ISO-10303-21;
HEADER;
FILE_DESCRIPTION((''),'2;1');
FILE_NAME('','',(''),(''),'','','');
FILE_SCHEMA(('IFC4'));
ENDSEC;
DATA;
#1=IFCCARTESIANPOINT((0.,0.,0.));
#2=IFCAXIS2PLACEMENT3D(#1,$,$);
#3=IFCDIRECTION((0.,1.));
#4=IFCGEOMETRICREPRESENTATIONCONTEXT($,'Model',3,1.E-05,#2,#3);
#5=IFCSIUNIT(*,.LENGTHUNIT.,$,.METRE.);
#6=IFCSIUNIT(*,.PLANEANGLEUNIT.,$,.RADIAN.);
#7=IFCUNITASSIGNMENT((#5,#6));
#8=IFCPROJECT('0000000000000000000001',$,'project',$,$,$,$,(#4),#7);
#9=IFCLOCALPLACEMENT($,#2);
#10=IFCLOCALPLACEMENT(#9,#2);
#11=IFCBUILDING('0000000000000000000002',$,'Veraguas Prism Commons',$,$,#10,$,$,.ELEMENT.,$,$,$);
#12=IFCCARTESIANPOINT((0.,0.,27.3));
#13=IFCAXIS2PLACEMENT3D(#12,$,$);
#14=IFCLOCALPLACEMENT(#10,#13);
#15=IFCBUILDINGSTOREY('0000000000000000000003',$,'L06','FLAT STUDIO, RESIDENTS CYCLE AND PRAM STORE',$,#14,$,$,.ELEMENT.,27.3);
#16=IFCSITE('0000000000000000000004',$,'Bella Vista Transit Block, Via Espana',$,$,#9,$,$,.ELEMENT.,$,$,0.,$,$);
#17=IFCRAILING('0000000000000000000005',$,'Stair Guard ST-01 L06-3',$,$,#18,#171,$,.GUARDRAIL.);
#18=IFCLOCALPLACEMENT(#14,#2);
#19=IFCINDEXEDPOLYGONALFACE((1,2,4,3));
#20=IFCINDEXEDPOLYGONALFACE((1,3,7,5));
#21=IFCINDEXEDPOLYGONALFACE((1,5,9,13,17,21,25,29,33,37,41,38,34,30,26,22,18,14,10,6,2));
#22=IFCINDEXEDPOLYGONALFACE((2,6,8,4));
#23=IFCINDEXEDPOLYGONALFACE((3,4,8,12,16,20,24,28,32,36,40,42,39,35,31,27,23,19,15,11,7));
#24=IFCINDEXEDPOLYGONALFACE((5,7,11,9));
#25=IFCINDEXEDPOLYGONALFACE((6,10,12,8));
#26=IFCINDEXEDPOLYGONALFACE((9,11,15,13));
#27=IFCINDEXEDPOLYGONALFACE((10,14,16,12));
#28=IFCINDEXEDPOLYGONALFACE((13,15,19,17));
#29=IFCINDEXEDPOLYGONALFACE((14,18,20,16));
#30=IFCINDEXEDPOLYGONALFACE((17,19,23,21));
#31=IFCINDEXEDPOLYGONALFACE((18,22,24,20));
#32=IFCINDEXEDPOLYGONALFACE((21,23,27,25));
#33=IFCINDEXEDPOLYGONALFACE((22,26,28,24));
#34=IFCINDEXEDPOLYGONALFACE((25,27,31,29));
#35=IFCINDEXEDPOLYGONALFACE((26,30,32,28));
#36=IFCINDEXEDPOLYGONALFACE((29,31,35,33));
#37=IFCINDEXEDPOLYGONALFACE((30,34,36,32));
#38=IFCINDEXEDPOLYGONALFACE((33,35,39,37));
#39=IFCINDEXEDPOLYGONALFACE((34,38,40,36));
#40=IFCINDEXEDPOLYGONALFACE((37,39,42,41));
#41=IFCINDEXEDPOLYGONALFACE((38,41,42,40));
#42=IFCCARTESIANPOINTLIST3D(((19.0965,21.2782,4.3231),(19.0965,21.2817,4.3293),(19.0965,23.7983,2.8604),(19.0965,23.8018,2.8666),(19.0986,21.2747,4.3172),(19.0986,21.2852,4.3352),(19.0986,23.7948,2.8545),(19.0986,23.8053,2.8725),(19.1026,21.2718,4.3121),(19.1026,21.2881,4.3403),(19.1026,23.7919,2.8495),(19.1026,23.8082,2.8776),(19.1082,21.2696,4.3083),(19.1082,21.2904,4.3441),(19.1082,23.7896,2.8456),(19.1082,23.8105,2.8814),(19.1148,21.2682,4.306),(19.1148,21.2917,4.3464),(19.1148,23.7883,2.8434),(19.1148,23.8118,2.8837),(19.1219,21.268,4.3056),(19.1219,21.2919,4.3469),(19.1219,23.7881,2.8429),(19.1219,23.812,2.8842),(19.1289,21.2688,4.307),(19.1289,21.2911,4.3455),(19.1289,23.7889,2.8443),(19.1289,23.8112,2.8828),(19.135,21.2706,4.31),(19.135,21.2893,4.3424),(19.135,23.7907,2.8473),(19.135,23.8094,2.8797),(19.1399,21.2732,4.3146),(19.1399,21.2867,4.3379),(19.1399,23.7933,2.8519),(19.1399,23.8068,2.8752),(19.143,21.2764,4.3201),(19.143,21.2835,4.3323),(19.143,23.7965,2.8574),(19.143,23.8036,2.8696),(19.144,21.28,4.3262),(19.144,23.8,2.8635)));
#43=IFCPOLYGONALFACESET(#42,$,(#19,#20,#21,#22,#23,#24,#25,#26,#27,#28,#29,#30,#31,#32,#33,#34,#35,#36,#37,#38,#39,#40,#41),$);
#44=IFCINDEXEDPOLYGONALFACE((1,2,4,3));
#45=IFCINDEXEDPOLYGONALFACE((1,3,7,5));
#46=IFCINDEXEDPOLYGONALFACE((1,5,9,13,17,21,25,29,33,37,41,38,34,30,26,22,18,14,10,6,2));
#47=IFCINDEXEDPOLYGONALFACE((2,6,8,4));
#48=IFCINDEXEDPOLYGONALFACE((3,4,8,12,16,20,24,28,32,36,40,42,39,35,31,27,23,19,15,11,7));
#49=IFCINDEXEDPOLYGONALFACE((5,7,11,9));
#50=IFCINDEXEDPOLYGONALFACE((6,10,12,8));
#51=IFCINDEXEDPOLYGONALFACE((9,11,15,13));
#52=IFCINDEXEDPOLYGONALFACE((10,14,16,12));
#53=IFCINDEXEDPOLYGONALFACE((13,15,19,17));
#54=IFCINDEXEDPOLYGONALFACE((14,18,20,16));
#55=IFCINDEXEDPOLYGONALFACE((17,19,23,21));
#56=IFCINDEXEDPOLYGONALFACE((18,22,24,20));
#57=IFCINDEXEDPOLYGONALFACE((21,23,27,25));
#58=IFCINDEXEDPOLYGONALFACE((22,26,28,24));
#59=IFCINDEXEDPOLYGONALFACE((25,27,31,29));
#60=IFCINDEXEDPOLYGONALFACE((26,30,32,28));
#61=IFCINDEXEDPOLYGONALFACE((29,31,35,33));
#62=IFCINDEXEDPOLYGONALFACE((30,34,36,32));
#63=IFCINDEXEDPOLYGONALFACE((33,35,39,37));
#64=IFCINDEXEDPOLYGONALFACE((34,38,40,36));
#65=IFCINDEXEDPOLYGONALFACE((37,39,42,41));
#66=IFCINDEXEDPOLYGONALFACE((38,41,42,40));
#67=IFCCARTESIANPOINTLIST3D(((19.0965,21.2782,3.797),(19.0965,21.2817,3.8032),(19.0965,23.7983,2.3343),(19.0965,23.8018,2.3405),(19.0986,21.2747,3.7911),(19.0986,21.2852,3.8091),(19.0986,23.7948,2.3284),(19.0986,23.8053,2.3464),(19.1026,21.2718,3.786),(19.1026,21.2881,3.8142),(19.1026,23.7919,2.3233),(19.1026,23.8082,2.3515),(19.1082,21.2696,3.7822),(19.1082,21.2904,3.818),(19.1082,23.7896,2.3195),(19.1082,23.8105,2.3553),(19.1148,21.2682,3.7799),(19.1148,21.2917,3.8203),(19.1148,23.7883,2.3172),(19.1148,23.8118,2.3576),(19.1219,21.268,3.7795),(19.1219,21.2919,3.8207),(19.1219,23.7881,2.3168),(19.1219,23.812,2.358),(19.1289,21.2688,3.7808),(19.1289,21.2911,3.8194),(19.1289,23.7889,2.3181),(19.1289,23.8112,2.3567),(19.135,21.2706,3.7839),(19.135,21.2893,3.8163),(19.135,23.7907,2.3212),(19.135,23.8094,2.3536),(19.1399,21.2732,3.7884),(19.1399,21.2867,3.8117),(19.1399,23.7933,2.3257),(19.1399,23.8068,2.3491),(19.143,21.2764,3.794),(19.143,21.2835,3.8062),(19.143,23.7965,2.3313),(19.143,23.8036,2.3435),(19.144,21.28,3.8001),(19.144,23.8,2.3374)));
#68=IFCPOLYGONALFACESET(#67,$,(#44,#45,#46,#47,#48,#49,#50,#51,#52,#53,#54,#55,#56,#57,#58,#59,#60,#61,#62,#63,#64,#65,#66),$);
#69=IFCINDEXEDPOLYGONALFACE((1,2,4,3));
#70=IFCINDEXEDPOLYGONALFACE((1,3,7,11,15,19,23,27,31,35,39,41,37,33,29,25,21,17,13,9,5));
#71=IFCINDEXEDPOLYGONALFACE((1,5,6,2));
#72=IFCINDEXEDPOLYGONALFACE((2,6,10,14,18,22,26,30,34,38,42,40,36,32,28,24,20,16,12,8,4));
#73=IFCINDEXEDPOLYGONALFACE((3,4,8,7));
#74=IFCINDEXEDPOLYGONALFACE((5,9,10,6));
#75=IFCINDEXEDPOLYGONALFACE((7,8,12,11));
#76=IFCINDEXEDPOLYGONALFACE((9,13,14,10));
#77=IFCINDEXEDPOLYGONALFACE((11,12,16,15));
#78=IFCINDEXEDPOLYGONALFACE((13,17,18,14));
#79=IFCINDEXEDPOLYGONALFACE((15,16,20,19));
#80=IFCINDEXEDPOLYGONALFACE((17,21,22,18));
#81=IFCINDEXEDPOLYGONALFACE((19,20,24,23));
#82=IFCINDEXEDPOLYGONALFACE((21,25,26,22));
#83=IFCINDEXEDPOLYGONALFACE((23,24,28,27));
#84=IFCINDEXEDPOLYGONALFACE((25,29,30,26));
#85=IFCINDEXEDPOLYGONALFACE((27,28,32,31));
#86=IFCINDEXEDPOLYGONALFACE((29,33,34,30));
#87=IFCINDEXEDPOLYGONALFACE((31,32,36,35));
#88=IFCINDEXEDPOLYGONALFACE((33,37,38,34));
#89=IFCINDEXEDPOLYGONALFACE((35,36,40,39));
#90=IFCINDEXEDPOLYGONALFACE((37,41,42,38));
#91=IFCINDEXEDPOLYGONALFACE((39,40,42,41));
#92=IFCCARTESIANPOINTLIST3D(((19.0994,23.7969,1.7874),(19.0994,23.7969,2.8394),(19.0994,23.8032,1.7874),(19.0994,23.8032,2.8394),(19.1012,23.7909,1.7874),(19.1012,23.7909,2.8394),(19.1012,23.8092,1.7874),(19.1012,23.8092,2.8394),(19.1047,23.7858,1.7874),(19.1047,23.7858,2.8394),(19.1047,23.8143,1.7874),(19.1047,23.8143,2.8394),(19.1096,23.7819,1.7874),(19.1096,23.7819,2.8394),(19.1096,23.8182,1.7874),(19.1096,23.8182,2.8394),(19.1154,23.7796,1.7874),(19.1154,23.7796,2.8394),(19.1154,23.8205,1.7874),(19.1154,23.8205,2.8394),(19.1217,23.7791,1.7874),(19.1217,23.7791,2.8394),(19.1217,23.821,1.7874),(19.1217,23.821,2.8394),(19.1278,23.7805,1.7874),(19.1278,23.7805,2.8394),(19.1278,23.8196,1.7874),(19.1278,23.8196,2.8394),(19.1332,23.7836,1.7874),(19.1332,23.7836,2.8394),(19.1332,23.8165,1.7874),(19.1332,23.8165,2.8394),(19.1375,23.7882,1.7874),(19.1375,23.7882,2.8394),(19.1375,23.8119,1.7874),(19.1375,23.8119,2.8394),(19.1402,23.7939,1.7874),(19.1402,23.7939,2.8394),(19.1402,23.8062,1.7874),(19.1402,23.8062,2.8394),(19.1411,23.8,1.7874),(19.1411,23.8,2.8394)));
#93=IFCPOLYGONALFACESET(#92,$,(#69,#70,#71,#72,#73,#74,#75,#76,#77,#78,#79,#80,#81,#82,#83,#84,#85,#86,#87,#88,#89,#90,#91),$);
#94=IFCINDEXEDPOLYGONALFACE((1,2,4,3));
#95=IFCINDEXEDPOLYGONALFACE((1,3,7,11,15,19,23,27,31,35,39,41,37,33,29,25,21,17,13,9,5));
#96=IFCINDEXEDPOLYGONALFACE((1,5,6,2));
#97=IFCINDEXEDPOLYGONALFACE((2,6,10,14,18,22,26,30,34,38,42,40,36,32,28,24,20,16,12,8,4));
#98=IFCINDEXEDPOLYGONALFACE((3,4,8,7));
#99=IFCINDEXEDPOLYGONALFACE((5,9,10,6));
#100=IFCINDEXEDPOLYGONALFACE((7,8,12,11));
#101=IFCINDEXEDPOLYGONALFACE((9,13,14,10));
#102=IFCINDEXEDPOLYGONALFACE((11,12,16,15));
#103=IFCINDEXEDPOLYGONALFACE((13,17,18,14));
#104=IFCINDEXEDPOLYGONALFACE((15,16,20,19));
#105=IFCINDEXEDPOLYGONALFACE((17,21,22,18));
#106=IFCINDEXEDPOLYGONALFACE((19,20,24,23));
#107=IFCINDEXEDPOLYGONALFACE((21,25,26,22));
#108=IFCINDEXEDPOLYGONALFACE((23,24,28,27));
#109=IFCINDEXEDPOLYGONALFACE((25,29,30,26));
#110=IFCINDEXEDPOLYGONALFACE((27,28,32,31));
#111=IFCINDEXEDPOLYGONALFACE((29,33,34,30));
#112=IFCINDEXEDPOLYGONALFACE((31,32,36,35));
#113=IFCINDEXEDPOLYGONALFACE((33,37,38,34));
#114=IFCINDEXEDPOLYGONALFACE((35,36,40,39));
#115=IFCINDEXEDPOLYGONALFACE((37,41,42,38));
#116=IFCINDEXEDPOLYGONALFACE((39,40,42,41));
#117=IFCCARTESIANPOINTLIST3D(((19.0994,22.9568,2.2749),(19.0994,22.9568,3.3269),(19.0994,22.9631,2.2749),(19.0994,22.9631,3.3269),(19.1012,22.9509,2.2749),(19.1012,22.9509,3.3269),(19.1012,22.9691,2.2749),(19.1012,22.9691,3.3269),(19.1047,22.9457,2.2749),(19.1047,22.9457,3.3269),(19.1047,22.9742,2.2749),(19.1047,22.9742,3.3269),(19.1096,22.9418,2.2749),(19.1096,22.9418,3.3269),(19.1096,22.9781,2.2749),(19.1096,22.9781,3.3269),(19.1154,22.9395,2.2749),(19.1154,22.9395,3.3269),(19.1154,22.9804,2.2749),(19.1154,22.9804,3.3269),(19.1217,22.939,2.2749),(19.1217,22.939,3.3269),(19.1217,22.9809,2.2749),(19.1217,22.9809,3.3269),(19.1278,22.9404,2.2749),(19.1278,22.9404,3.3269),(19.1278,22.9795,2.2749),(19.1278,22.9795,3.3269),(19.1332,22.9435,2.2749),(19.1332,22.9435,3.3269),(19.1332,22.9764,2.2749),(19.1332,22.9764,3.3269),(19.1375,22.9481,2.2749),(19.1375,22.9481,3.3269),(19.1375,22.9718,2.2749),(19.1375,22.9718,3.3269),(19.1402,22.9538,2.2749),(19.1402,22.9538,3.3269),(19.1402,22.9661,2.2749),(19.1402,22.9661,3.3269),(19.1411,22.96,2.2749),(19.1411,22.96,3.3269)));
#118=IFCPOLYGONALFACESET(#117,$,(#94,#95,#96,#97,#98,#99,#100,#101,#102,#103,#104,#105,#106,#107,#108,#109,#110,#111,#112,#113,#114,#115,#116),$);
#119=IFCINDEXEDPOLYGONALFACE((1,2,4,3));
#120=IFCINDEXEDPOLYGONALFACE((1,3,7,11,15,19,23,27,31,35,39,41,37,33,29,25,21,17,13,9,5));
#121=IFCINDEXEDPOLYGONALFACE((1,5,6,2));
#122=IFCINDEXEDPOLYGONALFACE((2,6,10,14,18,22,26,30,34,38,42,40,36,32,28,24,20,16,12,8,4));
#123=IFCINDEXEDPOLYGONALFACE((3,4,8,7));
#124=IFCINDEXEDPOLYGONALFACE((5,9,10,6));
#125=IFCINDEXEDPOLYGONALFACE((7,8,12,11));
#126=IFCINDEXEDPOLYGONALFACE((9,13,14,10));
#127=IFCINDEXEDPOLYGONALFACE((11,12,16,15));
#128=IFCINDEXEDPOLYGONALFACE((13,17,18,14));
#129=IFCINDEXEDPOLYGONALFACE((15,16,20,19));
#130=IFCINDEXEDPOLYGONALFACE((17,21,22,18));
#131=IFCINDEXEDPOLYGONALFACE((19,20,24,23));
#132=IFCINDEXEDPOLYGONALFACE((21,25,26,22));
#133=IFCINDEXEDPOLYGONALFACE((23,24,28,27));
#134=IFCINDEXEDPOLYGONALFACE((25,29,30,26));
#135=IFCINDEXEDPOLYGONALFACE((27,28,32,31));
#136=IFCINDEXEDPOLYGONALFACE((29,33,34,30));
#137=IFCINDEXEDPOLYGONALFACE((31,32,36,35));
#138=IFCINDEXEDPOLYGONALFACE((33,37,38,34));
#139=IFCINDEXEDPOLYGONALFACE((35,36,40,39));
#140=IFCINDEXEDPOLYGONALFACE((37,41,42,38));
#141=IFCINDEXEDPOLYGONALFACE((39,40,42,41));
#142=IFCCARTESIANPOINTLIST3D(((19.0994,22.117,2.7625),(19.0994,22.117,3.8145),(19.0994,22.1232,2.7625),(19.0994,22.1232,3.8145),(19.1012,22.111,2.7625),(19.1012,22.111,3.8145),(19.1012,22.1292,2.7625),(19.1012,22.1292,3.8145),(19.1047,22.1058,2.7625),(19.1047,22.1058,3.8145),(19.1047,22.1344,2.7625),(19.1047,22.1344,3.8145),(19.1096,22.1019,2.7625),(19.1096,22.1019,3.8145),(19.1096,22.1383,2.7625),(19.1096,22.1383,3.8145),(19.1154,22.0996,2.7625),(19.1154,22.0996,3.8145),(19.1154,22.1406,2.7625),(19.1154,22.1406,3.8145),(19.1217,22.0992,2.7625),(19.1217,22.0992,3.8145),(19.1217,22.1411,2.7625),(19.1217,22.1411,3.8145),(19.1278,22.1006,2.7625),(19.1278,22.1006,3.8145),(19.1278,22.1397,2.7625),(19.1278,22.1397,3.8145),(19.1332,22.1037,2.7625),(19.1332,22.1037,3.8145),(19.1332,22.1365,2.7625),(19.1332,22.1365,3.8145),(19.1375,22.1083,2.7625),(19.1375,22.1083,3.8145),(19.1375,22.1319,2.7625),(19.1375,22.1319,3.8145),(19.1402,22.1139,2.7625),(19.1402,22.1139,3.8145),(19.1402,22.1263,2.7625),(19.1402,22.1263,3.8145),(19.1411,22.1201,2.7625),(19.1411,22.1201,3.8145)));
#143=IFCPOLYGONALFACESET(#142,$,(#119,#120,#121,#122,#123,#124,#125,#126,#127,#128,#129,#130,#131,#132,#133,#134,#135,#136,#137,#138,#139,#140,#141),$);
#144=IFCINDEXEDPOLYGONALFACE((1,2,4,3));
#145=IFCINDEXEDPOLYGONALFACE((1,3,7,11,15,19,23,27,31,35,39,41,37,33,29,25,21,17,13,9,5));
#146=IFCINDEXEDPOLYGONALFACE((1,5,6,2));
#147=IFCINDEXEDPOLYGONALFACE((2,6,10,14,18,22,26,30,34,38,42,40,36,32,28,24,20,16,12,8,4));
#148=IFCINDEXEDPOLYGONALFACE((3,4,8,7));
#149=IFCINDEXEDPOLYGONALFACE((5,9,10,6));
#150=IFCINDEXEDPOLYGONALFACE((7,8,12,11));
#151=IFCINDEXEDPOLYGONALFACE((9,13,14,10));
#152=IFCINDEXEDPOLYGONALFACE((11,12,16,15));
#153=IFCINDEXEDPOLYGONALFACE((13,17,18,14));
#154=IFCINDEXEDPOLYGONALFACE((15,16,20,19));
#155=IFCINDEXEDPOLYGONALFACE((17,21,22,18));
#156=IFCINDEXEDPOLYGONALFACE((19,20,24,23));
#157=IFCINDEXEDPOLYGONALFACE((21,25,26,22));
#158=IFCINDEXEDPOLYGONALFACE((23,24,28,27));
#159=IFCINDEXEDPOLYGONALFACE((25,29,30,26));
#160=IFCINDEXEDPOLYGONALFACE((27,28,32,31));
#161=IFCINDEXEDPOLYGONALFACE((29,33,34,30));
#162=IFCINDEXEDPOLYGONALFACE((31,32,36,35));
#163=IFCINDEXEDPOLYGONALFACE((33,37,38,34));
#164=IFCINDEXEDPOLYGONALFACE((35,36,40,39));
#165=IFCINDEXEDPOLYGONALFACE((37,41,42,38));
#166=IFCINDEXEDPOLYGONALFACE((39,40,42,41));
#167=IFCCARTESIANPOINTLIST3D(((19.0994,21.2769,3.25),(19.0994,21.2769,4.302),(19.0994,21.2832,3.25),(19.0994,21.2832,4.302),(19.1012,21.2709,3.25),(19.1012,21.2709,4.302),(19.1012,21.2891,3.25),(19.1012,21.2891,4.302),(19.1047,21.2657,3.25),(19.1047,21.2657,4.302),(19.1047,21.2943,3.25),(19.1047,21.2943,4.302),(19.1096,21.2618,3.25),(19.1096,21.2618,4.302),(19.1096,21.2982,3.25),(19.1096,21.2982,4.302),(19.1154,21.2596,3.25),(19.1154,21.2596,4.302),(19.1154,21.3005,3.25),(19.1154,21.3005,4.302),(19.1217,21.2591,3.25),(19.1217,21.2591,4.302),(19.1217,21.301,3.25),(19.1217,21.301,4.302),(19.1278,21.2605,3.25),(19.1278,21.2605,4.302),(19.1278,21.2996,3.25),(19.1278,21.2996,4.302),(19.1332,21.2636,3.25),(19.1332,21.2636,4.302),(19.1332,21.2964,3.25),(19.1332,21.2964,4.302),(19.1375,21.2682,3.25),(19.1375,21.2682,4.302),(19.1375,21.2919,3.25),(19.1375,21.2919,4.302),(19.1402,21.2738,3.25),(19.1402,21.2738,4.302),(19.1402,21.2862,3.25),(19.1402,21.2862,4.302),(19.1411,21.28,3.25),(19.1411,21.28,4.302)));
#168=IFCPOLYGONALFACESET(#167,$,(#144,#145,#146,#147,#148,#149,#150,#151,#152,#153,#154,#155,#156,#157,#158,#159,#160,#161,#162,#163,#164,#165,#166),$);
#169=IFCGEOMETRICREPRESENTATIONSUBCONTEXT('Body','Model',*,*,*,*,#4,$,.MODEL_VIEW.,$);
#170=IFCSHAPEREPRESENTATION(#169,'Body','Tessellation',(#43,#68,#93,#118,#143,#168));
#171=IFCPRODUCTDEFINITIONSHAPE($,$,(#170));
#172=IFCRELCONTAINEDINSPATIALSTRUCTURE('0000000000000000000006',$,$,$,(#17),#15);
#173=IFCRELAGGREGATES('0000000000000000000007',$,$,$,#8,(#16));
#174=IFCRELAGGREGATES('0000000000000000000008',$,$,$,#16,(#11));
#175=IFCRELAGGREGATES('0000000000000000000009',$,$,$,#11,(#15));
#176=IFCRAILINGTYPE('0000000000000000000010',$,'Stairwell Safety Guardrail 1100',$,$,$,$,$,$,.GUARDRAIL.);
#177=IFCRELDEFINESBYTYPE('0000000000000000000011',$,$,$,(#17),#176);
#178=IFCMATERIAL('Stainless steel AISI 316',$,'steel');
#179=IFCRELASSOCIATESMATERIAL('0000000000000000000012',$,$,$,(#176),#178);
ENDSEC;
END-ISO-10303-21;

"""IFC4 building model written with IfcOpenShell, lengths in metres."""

from ifc_helpers import new_model, si_unit, direction, frame, origin, origin_2d, place, context, subcontext, project, spatial, circle, extrude, material, type_object, element, save


model = new_model("IFC4")

# Units and contexts
model_context = context("Model", 3, precision=1e-05, world=origin(), true_north=direction((0.0, 1.0)))
body_context = subcontext(model_context, "Body", "Model", "MODEL_VIEW")
ifc_project = project(units=[si_unit("LENGTHUNIT", "METRE"), si_unit("PLANEANGLEUNIT", "RADIAN")], contexts=[model_context])

# Site, building, storey
site_placement = place(None, origin())
site = spatial("IfcSite", under=ifc_project, at=site_placement, Name="Bella Vista Transit Block, Via Espana", CompositionType="ELEMENT", RefElevation=0.0)
building_placement = place(site_placement, origin())
building = spatial("IfcBuilding", under=site, at=building_placement, Name="Veraguas Prism Commons", CompositionType="ELEMENT")
storey_placement = place(building_placement, frame((0.0, 0.0, 27.3)))
storey = spatial("IfcBuildingStorey", under=building, at=storey_placement, Name="L06", Description="FLAT STUDIO, RESIDENTS CYCLE AND PRAM STORE", CompositionType="ELEMENT", Elevation=27.3)

# Railing
ifc_material_1 = material(Name="Stainless steel AISI 316", Category="steel")
railing_type_1 = type_object("IfcRailingType", Name="Stairwell Safety Guardrail 1100", PredefinedType="GUARDRAIL", material=ifc_material_1)
railing_1_placement = place(storey_placement, frame((19.1201, 23.8, 1.7874)))
element("IfcRailing", 1, at=railing_1_placement, inside=storey, type_object=railing_type_1, Name="Stair Guard ST-01 L06-3", PredefinedType="GUARDRAIL", context=body_context, shape_type="SweptSolid", body=[
    extrude(circle(Radius=0.0239, at=origin_2d()), frame((0.0, 0.0, 1.0762), z_axis=(0.0, -0.864877, 0.501984), x_axis=(1.0, 0.0, 0.0)), (0.0, 0.0, 1.0), 2.9138),
    extrude(circle(Radius=0.0239, at=origin_2d()), frame((0.0, 0.0, 0.55), z_axis=(0.0, -0.864877, 0.501984), x_axis=(1.0, 0.0, 0.0)), (0.0, 0.0, 1.0), 2.9138),
    extrude(circle(Radius=0.021, at=origin_2d()), origin(), (0.0, 0.0, 1.0), 1.052),
    extrude(circle(Radius=0.021, at=origin_2d()), frame((0.0, -0.8401, 0.4875)), (0.0, 0.0, 1.0), 1.052),
    extrude(circle(Radius=0.021, at=origin_2d()), frame((0.0, -1.6799, 0.9751)), (0.0, 0.0, 1.0), 1.052),
    extrude(circle(Radius=0.021, at=origin_2d()), frame((0.0, -2.52, 1.4626)), (0.0, 0.0, 1.0), 1.052),
])

save(model, "model.ifc")
